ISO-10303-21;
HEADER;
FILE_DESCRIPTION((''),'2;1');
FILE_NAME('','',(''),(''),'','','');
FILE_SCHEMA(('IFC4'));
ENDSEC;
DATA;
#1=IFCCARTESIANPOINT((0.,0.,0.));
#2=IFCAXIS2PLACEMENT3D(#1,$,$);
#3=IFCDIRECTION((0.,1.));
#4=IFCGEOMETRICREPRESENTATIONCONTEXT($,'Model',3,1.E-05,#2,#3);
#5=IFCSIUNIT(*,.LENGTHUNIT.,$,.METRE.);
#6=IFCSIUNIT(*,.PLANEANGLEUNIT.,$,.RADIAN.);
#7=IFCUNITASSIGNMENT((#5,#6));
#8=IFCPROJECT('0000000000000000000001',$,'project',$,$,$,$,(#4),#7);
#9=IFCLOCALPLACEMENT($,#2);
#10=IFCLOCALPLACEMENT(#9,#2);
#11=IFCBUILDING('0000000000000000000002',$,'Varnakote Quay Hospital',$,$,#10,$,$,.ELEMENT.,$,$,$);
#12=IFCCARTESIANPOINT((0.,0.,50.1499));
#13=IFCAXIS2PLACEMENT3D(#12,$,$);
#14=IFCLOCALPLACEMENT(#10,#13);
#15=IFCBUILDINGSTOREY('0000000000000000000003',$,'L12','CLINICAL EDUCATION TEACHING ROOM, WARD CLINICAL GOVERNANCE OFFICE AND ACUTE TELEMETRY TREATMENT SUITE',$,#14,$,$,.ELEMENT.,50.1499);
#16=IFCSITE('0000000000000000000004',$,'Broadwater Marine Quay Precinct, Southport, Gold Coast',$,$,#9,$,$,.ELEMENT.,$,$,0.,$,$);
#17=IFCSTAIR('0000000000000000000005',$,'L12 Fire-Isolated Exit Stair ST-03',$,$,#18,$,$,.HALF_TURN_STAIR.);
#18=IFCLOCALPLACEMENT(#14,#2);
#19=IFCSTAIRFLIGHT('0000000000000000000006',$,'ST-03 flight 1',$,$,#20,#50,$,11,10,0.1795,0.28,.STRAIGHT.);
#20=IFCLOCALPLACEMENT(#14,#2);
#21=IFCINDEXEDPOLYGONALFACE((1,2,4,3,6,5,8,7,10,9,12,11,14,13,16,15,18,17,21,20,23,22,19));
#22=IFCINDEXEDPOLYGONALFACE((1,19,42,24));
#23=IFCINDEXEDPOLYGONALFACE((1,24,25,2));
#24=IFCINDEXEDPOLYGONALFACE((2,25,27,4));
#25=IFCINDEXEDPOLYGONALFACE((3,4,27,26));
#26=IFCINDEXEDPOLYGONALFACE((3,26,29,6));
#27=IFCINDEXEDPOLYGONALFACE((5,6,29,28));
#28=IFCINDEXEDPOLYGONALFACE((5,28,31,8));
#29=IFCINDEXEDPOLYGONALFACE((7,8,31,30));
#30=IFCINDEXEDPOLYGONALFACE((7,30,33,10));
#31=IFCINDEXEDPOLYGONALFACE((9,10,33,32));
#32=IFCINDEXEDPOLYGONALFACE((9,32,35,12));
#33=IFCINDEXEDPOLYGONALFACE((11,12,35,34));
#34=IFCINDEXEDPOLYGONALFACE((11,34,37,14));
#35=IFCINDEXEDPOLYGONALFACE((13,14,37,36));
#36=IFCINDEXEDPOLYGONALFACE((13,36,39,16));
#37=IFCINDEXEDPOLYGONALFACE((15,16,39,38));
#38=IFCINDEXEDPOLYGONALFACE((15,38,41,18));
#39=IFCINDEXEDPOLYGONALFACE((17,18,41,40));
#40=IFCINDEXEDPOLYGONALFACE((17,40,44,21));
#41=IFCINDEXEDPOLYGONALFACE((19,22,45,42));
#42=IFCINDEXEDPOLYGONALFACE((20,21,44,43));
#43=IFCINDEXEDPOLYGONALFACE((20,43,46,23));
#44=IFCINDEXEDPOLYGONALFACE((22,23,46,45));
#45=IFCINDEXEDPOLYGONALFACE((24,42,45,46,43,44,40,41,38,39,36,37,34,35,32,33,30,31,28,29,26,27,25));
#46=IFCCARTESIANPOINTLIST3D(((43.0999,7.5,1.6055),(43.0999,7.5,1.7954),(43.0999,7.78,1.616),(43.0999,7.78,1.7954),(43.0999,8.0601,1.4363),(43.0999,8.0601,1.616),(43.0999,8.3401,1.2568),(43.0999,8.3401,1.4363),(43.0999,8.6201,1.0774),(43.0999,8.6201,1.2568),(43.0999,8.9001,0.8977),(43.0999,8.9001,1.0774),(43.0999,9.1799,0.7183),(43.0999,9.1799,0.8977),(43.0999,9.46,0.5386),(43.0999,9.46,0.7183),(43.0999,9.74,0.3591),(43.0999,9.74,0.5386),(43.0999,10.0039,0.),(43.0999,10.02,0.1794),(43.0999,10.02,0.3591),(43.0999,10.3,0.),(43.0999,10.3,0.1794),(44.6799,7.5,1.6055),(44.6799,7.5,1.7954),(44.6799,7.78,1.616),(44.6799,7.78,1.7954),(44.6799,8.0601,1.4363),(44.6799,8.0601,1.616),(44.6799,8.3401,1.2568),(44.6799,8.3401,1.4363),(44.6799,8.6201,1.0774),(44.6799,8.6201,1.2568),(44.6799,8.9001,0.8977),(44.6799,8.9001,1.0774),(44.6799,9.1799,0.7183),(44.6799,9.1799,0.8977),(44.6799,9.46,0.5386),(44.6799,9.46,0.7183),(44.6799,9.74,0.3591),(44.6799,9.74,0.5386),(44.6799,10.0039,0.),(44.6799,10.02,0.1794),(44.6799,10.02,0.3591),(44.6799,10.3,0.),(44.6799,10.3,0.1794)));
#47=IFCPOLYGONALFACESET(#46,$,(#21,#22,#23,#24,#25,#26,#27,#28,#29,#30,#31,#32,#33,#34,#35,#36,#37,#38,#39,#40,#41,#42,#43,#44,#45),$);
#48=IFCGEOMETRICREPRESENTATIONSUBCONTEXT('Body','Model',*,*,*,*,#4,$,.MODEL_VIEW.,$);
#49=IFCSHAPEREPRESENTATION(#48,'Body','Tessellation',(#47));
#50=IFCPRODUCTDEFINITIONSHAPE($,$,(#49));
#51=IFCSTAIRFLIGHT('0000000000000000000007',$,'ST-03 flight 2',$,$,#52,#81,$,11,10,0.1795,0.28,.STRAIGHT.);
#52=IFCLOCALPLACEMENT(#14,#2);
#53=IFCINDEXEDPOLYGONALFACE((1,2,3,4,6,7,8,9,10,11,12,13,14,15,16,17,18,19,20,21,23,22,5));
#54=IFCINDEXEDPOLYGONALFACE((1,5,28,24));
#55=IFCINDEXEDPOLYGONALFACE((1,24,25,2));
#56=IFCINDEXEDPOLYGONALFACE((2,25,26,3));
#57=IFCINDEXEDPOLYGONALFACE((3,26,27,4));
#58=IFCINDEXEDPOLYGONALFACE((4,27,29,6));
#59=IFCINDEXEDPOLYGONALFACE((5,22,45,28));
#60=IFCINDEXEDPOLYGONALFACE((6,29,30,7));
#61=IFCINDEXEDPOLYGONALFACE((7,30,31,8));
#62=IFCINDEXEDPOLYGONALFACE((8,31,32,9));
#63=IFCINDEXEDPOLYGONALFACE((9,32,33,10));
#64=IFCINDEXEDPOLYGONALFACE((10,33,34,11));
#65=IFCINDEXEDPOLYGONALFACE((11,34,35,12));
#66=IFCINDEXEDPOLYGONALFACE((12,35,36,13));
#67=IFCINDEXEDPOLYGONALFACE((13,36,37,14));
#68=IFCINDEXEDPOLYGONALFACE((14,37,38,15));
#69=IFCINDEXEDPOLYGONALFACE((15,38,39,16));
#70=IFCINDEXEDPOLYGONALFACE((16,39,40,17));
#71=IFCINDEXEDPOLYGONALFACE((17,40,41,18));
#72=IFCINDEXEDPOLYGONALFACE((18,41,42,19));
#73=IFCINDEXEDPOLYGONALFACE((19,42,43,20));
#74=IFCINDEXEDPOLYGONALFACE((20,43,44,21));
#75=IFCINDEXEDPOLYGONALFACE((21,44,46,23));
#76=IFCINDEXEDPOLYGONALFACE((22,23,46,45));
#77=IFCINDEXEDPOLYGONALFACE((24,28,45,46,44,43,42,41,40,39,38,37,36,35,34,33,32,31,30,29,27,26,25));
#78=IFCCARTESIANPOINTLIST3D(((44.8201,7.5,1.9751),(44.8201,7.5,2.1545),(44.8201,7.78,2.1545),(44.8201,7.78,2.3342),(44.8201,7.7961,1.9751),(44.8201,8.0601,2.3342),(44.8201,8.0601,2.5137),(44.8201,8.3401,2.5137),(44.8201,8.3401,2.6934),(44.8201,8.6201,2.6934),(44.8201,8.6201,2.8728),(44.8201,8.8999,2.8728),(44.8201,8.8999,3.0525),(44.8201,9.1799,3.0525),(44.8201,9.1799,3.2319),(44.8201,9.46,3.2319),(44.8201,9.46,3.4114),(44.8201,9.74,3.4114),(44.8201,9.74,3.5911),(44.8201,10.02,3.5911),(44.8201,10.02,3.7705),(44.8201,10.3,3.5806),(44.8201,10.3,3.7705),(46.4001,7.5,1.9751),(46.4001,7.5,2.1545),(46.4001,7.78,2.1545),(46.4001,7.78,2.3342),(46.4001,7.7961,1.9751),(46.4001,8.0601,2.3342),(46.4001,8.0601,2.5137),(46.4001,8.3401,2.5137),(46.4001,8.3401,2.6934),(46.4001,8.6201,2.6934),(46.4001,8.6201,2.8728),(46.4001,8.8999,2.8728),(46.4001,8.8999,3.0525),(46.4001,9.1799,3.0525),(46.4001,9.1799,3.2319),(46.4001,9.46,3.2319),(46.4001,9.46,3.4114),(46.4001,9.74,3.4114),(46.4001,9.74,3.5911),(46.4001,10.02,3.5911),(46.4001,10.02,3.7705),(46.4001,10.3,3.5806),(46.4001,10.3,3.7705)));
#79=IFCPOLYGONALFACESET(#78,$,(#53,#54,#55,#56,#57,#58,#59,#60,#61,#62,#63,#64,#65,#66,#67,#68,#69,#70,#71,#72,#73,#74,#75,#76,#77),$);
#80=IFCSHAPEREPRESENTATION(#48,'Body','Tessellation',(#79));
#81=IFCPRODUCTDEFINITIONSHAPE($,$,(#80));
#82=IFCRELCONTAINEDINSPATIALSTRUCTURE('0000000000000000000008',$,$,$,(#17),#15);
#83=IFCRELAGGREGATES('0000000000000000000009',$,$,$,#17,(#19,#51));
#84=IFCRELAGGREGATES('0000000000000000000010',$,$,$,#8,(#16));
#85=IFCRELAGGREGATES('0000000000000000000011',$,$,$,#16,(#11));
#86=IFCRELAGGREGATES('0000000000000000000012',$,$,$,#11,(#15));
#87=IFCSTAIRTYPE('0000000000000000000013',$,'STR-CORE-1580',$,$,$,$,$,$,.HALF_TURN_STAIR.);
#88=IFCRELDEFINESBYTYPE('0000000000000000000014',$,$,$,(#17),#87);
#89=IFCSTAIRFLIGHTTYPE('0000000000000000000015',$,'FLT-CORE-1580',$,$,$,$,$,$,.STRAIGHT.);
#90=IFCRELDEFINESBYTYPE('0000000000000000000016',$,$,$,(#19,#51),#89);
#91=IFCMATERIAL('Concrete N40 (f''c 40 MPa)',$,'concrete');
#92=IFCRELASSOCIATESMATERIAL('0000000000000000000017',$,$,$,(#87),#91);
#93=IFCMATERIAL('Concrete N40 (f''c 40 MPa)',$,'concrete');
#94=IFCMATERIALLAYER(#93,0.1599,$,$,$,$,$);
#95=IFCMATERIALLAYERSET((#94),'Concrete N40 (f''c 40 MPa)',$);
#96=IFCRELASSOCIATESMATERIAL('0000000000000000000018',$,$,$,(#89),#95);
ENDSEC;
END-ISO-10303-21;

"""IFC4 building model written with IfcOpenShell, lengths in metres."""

from ifc_helpers import new_model, si_unit, direction, frame, origin, place, context, subcontext, project, spatial, polyline, outline, extrude, material, layer, layer_set, type_object, element, aggregate, save


model = new_model("IFC4")

# Units and contexts
model_context = context("Model", 3, precision=1e-05, world=origin(), true_north=direction((0.0, 1.0)))
body_context = subcontext(model_context, "Body", "Model", "MODEL_VIEW")
ifc_project = project(units=[si_unit("LENGTHUNIT", "METRE"), si_unit("PLANEANGLEUNIT", "RADIAN")], contexts=[model_context])

# Site, building, storey
site_placement = place(None, origin())
site = spatial("IfcSite", under=ifc_project, at=site_placement, Name="Broadwater Marine Quay Precinct, Southport, Gold Coast", CompositionType="ELEMENT", RefElevation=0.0)
building_placement = place(site_placement, origin())
building = spatial("IfcBuilding", under=site, at=building_placement, Name="Varnakote Quay Hospital", CompositionType="ELEMENT")
storey_placement = place(building_placement, frame((0.0, 0.0, 50.1499)))
storey = spatial("IfcBuildingStorey", under=building, at=storey_placement, Name="L12", Description="CLINICAL EDUCATION TEACHING ROOM, WARD CLINICAL GOVERNANCE OFFICE AND ACUTE TELEMETRY TREATMENT SUITE", CompositionType="ELEMENT", Elevation=50.1499)

# Stair, stair flights
ifc_material_1 = material(Name="Concrete N40 (f'c 40 MPa)", Category="concrete")
stair_type = type_object("IfcStairType", Name="STR-CORE-1580", PredefinedType="HALF_TURN_STAIR", material=ifc_material_1)
stair_placement = place(storey_placement, origin())
stair = element("IfcStair", 1, at=stair_placement, inside=storey, type_object=stair_type, Name="L12 Fire-Isolated Exit Stair ST-03", PredefinedType="HALF_TURN_STAIR")
ifc_material_2 = material(Name="Concrete N40 (f'c 40 MPa)", Category="concrete")
ifc_layer_1 = layer(ifc_material_2, 0.1599)
ifc_layer_set_1 = layer_set([ifc_layer_1], Name="Concrete N40 (f'c 40 MPa)")
stair_flight_type = type_object("IfcStairFlightType", Name="FLT-CORE-1580", PredefinedType="STRAIGHT", material=ifc_layer_set_1)
stair_flight_1_placement = place(storey_placement, frame((43.8899, 10.3, 0.0), z_axis=(0.0, 0.0, 1.0), x_axis=(0.0, -1.0, 0.0)))
stair_flight_1 = element("IfcStairFlight", 2, at=stair_flight_1_placement, type_object=stair_flight_type, Name="ST-03 flight 1", NumberOfRisers=11, NumberOfTreads=10, PredefinedType="STRAIGHT", RiserHeight=0.1795, TreadLength=0.28, context=body_context, shape_type="SweptSolid", body=[
    extrude(outline(polyline([(0.0, 0.0), (0.0, 0.1794), (0.28, 0.1794), (0.28, 0.3591), (0.5601, 0.3591), (0.5601, 0.5386), (0.8401, 0.5386), (0.8401, 0.7183), (1.1201, 0.7183), (1.1201, 0.8977), (1.3999, 0.8977), (1.3999, 1.0774), (1.6799, 1.0774), (1.6799, 1.2568), (1.96, 1.2568), (1.96, 1.4363), (2.24, 1.4363), (2.24, 1.616), (2.52, 1.616), (2.52, 1.7954), (2.8, 1.7954), (2.8, 1.9751), (2.8, 1.6055), (0.2961, 0.0), (0.0, 0.0)])), frame((0.0, 0.79, 0.0), z_axis=(0.0, -1.0, 0.0), x_axis=(1.0, 0.0, 0.0)), (0.0, 0.0, 1.0), 1.5801),
])
stair_flight_2_placement = place(storey_placement, frame((45.6101, 7.5, 1.9751), z_axis=(0.0, 0.0, 1.0), x_axis=(0.0, 1.0, 0.0)))
stair_flight_2 = element("IfcStairFlight", 3, at=stair_flight_2_placement, type_object=stair_flight_type, Name="ST-03 flight 2", NumberOfRisers=11, NumberOfTreads=10, PredefinedType="STRAIGHT", RiserHeight=0.1795, TreadLength=0.28, context=body_context, shape_type="SweptSolid", body=[
    extrude(outline(polyline([(0.0, 0.0), (0.0, 0.1794), (0.28, 0.1794), (0.28, 0.3591), (0.5601, 0.3591), (0.5601, 0.5386), (0.8401, 0.5386), (0.8401, 0.7183), (1.1201, 0.7183), (1.1201, 0.8977), (1.3999, 0.8977), (1.3999, 1.0774), (1.6799, 1.0774), (1.6799, 1.2568), (1.96, 1.2568), (1.96, 1.4363), (2.24, 1.4363), (2.24, 1.616), (2.52, 1.616), (2.52, 1.7954), (2.8, 1.7954), (2.8, 1.9751), (2.8, 1.6055), (0.2961, 0.0), (0.0, 0.0)])), frame((0.0, 0.79, 0.0), z_axis=(0.0, -1.0, 0.0), x_axis=(1.0, 0.0, 0.0)), (0.0, 0.0, 1.0), 1.5801),
])
aggregate(stair, [stair_flight_1, stair_flight_2])

save(model, "model.ifc")
